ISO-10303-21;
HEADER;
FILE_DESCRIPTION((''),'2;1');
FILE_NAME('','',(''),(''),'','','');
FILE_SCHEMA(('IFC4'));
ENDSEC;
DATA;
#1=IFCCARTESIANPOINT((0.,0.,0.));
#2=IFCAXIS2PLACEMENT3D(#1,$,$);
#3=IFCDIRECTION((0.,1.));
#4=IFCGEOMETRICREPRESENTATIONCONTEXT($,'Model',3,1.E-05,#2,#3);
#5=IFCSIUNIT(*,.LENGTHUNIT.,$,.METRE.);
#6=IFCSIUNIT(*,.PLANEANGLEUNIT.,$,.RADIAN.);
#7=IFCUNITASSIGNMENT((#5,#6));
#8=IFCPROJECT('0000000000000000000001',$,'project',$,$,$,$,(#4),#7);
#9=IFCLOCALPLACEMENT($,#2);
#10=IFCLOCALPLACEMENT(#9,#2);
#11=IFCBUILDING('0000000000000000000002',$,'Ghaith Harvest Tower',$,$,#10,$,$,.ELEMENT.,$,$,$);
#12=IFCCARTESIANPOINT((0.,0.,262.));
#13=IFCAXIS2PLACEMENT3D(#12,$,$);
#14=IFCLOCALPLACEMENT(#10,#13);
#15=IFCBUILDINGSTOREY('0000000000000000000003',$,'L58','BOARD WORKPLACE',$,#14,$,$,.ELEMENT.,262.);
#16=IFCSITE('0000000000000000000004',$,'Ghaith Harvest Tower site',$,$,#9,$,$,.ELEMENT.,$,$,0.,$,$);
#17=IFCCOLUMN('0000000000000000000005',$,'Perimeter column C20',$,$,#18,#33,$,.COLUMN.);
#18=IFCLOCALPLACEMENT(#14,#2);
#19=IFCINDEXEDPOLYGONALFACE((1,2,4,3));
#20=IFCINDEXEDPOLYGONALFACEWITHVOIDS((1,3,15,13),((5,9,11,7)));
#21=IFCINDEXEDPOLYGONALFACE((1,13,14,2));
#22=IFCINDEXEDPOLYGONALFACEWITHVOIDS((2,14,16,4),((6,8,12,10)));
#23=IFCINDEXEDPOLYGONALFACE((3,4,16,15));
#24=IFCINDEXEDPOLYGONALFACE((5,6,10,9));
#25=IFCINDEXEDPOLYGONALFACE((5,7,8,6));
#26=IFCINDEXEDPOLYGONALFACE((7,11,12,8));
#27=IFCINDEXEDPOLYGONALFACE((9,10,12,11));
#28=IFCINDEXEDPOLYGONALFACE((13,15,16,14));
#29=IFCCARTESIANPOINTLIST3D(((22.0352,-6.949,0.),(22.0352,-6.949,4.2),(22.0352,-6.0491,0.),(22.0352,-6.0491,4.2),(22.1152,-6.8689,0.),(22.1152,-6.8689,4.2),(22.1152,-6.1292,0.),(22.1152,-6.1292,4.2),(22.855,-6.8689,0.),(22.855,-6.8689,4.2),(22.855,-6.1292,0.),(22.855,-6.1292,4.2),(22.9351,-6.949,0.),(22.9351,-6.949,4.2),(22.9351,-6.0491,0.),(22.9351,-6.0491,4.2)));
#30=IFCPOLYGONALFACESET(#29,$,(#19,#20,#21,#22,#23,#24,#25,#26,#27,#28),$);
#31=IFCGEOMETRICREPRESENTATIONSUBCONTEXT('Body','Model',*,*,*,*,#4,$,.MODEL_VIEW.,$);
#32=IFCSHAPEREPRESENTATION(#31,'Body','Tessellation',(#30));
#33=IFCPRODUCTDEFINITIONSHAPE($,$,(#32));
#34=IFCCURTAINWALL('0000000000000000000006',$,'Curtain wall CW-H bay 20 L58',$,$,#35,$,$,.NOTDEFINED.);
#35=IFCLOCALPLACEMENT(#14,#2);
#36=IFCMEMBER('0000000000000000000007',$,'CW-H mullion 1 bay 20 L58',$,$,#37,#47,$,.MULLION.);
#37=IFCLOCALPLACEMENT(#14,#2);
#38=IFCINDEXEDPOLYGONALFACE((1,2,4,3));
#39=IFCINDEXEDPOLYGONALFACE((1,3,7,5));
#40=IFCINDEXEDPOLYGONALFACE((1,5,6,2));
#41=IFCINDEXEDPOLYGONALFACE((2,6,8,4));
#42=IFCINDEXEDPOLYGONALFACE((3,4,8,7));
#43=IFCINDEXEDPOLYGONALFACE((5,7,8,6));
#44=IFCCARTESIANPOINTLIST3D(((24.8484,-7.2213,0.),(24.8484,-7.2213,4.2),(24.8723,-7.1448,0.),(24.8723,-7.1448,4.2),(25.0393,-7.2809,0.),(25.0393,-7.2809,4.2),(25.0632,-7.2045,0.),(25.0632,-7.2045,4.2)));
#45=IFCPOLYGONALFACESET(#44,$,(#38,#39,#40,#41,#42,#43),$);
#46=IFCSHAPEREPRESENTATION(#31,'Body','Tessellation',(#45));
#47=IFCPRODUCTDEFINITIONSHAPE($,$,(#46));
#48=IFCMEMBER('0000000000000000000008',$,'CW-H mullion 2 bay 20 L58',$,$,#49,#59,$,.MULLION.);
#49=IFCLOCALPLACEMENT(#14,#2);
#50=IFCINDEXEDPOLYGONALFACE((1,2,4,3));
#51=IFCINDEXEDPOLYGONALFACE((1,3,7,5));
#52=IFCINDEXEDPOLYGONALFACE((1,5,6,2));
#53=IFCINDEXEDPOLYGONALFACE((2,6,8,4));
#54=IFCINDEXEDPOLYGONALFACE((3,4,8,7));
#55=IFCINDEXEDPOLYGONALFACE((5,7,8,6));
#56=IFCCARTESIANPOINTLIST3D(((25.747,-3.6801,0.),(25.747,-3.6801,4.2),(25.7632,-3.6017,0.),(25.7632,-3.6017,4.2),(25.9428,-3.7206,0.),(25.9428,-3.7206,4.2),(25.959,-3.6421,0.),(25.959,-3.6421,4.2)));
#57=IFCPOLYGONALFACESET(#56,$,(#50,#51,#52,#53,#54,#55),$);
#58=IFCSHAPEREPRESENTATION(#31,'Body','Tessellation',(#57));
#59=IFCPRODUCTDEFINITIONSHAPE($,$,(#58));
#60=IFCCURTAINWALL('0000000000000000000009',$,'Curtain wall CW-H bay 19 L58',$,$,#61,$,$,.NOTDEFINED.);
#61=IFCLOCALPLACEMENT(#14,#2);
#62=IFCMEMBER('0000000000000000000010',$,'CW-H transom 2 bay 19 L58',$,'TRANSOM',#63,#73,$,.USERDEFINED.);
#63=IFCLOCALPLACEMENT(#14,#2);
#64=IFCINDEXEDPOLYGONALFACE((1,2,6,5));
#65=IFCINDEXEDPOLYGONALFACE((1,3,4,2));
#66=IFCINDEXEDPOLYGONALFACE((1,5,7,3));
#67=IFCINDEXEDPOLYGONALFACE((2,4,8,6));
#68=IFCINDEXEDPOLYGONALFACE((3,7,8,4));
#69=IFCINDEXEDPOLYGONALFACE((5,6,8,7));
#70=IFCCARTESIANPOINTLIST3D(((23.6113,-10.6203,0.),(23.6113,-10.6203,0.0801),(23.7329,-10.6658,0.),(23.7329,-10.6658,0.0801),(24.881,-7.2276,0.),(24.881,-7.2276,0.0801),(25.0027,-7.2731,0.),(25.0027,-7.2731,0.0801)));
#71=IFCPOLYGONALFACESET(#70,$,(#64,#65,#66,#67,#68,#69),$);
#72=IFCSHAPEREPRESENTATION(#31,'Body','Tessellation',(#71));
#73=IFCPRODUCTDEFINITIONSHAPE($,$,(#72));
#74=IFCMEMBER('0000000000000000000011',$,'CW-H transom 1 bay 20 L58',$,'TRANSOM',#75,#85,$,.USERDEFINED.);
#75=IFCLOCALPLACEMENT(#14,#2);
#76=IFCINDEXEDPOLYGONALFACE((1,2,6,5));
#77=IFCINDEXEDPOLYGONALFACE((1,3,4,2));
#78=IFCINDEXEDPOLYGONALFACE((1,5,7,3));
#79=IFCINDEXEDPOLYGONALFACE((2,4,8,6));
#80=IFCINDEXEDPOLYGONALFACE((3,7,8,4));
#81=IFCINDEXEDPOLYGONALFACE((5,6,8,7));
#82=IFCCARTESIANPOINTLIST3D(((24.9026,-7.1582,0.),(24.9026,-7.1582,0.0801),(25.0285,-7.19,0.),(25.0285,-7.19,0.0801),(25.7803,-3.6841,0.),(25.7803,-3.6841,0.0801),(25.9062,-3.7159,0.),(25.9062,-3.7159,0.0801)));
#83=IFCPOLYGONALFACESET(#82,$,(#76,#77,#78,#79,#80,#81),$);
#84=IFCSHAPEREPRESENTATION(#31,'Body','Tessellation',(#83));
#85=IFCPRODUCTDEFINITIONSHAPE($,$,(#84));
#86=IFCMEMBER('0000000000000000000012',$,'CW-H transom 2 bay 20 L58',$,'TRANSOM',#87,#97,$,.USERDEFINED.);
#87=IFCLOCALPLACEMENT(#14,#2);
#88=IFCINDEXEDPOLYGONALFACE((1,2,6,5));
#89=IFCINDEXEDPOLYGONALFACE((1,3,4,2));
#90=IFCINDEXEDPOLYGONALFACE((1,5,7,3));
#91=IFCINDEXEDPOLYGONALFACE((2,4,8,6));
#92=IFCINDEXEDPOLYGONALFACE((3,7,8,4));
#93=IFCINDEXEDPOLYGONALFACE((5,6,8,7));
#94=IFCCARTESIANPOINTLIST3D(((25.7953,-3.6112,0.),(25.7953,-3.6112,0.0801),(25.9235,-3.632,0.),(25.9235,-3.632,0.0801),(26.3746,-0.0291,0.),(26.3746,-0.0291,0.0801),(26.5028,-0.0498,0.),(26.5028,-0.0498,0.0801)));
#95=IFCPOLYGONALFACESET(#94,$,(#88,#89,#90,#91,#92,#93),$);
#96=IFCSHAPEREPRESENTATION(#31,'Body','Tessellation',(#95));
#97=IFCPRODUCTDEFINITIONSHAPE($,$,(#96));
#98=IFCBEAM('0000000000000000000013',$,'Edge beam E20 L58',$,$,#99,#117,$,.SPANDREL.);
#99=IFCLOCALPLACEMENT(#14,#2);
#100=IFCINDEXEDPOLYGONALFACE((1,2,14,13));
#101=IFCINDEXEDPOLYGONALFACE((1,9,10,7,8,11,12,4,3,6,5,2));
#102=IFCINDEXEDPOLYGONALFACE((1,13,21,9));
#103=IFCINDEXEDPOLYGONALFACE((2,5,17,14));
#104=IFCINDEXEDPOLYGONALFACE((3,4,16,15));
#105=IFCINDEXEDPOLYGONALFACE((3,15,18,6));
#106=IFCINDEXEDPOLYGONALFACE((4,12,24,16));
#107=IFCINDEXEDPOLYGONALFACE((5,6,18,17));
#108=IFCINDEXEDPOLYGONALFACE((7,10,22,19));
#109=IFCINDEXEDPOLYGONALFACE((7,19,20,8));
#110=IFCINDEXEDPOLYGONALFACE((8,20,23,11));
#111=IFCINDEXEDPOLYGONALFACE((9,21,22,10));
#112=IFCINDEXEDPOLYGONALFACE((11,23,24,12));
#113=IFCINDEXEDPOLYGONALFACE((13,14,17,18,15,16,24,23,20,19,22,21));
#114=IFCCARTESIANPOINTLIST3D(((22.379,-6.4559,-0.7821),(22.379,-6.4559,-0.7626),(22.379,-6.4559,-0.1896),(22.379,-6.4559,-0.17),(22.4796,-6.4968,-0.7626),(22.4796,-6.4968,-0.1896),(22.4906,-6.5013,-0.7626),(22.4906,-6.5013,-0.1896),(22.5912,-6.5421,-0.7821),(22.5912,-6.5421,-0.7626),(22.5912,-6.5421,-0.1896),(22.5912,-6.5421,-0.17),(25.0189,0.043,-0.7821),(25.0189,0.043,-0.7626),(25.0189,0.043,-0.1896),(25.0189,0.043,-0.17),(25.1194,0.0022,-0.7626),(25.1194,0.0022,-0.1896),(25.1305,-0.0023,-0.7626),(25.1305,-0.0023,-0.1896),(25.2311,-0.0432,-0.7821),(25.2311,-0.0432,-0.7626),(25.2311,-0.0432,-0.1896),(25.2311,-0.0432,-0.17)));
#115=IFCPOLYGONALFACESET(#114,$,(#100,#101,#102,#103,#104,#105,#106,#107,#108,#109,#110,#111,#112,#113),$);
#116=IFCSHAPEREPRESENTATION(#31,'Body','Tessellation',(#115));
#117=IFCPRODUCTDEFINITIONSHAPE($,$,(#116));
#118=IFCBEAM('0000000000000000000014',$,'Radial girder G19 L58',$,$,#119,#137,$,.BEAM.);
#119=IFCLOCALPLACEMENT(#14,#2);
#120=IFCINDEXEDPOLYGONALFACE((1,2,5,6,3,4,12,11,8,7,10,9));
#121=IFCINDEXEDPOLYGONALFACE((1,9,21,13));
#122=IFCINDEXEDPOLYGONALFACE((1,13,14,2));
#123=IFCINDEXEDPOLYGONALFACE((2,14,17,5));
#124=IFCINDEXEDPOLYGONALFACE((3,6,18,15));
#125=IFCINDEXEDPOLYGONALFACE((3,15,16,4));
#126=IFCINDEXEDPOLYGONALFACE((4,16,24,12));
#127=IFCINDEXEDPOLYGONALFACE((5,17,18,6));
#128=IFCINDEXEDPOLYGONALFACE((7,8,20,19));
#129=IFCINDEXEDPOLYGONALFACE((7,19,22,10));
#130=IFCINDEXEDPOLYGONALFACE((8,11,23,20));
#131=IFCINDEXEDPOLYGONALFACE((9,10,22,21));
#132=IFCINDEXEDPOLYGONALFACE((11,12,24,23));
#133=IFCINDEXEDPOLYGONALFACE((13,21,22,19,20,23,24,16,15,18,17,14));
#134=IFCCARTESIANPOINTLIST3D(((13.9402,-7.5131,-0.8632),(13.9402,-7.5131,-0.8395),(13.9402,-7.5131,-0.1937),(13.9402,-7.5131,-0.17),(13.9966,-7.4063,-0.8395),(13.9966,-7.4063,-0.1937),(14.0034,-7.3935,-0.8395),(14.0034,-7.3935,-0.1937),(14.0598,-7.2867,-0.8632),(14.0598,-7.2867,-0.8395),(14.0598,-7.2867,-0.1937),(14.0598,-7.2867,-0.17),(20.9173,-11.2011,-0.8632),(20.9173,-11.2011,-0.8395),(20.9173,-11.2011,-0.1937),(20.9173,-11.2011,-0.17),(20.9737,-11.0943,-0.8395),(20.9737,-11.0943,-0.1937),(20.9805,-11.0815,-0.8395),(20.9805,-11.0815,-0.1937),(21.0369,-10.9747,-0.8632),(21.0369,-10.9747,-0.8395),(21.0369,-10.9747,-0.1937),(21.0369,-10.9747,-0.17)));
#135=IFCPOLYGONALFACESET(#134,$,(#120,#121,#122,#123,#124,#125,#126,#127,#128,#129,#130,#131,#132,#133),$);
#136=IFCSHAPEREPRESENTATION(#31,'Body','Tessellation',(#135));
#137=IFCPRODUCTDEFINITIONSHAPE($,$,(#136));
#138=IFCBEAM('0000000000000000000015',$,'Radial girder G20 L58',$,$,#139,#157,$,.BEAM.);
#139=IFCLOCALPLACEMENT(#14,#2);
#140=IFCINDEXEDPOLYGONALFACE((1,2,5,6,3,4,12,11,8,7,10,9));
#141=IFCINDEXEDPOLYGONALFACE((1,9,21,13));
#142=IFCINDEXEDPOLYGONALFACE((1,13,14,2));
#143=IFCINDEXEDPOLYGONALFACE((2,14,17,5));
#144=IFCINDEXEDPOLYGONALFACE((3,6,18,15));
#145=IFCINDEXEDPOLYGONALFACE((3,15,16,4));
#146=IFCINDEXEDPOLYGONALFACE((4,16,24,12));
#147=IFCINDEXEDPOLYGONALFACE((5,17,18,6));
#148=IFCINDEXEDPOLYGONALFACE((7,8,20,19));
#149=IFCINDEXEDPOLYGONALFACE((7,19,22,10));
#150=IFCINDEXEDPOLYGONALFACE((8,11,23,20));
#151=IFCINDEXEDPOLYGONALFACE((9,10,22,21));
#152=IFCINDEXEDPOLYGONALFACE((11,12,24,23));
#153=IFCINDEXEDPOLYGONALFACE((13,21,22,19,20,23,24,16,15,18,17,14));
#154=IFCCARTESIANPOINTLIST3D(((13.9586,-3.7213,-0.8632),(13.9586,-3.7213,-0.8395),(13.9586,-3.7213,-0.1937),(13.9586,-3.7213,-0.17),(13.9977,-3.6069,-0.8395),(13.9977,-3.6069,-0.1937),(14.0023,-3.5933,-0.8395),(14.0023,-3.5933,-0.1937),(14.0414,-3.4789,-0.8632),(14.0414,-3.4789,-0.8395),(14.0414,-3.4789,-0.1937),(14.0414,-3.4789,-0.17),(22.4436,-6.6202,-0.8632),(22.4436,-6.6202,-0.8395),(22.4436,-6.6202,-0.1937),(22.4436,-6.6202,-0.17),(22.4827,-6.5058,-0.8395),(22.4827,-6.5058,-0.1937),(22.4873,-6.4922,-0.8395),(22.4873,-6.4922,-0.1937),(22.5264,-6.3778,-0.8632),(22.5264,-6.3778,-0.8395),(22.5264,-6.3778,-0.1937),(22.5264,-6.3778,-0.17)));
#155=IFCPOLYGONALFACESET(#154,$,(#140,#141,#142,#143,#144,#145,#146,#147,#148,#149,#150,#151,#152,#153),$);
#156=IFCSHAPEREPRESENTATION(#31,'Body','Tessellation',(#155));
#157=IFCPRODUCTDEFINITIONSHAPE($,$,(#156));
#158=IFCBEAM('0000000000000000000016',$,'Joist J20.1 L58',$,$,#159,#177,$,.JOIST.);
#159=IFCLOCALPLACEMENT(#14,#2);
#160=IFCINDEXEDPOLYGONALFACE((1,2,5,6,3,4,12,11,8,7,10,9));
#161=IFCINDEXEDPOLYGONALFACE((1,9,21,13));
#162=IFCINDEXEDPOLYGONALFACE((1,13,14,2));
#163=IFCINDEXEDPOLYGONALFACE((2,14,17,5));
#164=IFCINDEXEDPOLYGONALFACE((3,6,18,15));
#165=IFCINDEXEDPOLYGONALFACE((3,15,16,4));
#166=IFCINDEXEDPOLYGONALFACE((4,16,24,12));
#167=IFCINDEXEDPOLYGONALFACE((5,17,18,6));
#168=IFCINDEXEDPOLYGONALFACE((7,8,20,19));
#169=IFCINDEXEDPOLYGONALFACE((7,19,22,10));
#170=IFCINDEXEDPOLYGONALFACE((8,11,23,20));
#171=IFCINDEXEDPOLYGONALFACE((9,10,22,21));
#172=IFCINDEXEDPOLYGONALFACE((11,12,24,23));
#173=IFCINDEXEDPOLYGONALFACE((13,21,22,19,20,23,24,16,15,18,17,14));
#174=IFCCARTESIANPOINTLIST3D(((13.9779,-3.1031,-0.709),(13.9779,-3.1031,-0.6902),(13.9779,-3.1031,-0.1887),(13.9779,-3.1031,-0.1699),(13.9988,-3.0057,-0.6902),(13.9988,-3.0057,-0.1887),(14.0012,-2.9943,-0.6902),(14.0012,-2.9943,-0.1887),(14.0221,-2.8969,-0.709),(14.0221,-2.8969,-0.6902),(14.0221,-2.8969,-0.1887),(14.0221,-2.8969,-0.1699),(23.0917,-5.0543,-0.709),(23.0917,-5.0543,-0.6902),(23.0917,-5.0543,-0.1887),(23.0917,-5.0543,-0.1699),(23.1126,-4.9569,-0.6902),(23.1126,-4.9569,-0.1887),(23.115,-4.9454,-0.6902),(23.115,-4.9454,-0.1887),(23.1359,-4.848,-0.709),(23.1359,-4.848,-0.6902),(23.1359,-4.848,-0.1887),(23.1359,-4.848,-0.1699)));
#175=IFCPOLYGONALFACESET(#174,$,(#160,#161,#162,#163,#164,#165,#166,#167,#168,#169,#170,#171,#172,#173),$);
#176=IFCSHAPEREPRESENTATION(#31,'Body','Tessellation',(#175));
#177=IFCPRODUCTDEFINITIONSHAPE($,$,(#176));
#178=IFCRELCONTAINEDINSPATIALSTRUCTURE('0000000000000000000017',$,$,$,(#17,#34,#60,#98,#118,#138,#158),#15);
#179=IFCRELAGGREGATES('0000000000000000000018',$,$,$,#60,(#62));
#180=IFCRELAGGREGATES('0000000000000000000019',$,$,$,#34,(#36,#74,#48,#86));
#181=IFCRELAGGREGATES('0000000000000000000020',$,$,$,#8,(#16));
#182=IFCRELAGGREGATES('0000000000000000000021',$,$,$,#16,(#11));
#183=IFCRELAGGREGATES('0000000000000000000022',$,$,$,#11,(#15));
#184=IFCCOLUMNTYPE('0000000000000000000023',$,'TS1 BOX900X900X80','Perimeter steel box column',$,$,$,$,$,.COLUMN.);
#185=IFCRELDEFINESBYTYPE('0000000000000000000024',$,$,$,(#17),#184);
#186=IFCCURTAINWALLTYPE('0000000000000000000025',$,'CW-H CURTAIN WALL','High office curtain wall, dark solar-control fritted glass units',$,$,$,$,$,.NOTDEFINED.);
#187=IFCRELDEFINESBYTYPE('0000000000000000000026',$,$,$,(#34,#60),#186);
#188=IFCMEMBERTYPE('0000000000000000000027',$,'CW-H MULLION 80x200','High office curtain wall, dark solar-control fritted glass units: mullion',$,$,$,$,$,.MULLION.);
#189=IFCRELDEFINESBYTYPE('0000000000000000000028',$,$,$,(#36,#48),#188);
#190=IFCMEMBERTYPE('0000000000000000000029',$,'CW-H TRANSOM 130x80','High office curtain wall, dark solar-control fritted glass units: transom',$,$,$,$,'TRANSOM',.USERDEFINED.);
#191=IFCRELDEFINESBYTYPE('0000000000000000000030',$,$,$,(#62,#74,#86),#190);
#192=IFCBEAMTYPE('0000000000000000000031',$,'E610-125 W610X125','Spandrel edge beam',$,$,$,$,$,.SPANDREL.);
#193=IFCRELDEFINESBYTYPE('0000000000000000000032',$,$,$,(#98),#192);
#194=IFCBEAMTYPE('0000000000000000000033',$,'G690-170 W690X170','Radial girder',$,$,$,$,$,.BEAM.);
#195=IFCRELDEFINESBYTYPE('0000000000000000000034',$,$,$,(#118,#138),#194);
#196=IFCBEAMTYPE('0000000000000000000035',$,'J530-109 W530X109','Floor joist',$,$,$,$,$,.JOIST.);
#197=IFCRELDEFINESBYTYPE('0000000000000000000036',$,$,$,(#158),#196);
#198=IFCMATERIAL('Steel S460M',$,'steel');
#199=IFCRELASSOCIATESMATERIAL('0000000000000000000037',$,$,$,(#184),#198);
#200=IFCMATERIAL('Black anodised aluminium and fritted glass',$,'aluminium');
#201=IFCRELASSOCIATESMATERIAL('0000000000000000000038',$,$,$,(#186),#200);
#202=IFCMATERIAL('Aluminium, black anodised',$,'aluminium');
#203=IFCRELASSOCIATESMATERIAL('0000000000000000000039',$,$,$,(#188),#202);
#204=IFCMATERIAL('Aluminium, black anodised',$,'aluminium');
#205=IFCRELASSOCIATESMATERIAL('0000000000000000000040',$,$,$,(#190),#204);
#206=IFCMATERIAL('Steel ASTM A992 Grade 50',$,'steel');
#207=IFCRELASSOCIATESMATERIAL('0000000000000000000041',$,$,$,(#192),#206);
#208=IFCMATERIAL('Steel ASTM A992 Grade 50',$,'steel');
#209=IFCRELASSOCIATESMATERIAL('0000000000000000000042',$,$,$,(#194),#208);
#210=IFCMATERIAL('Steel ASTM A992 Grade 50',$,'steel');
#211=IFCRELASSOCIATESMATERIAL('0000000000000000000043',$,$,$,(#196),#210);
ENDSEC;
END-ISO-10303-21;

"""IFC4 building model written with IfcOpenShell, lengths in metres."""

from ifc_helpers import new_model, si_unit, direction, frame, origin, origin_2d, place, context, subcontext, project, spatial, rectangle, hollow_rectangle, i_section, extrude, material, material_profile, profile_set, type_object, element, aggregate, save


model = new_model("IFC4")

# Units and contexts
model_context = context("Model", 3, precision=1e-05, world=origin(), true_north=direction((0.0, 1.0)))
body_context = subcontext(model_context, "Body", "Model", "MODEL_VIEW")
ifc_project = project(units=[si_unit("LENGTHUNIT", "METRE"), si_unit("PLANEANGLEUNIT", "RADIAN")], contexts=[model_context])

# Site, building, storey
site_placement = place(None, origin())
site = spatial("IfcSite", under=ifc_project, at=site_placement, Name="Ghaith Harvest Tower site", CompositionType="ELEMENT", RefElevation=0.0)
building_placement = place(site_placement, origin())
building = spatial("IfcBuilding", under=site, at=building_placement, Name="Ghaith Harvest Tower", CompositionType="ELEMENT")
storey_placement = place(building_placement, frame((0.0, 0.0, 262.0)))
storey = spatial("IfcBuildingStorey", under=building, at=storey_placement, Name="L58", Description="BOARD WORKPLACE", CompositionType="ELEMENT", Elevation=262.0)

# Column
ifc_material_1 = material(Name="Steel S460M", Category="steel")
ifc_material_profile_1 = material_profile(ifc_material_1, hollow_rectangle(XDim=0.8999, YDim=0.8999, WallThickness=0.0801, at=origin_2d()), Name="BOX900X900X80")
ifc_profile_set_1 = profile_set([ifc_material_profile_1], Name="Steel S460M")
column_type = type_object("IfcColumnType", Name="TS1 BOX900X900X80", Description="Perimeter steel box column", PredefinedType="COLUMN", material=ifc_profile_set_1)
column_placement = place(storey_placement, frame((22.4851, -6.499, 0.0), z_axis=(0.0, 0.0, 1.0), x_axis=(1.0, 0.0, 0.0)))
element("IfcColumn", 1, at=column_placement, inside=storey, type_object=column_type, Name="Perimeter column C20", PredefinedType="COLUMN", context=body_context, shape_type="SweptSolid", body=[
    extrude(hollow_rectangle(XDim=0.8999, YDim=0.8999, WallThickness=0.0801, at=origin_2d()), origin(), (0.0, 0.0, 1.0), 4.2),
])

# Curtain wall, members
ifc_material_2 = material(Name="Black anodised aluminium and fritted glass", Category="aluminium")
curtain_wall_type = type_object("IfcCurtainWallType", Name="CW-H CURTAIN WALL", Description="High office curtain wall, dark solar-control fritted glass units", PredefinedType="NOTDEFINED", material=ifc_material_2)
curtain_wall_1_placement = place(storey_placement, origin())
curtain_wall_1 = element("IfcCurtainWall", 2, at=curtain_wall_1_placement, inside=storey, type_object=curtain_wall_type, Name="Curtain wall CW-H bay 20 L58", PredefinedType="NOTDEFINED")
ifc_material_3 = material(Name="Aluminium, black anodised", Category="aluminium")
ifc_material_profile_2 = material_profile(ifc_material_3, rectangle(XDim=0.0801, YDim=0.2, at=origin_2d()), Name="CW-H MULLION 80x200")
ifc_profile_set_2 = profile_set([ifc_material_profile_2], Name="Aluminium, black anodised")
member_type_1 = type_object("IfcMemberType", Name="CW-H MULLION 80x200", Description="High office curtain wall, dark solar-control fritted glass units: mullion", PredefinedType="MULLION", material=ifc_profile_set_2)
member_1_placement = place(storey_placement, frame((24.9558, -7.2129, 0.0), z_axis=(0.0, 0.0, 1.0), x_axis=(0.298442, 0.954428, 0.0)))
member_1 = element("IfcMember", 3, at=member_1_placement, type_object=member_type_1, Name="CW-H mullion 1 bay 20 L58", PredefinedType="MULLION", context=body_context, shape_type="SweptSolid", body=[
    extrude(rectangle(XDim=0.0801, YDim=0.2, at=origin_2d()), origin(), (0.0, 0.0, 1.0), 4.2),
])
member_2_placement = place(storey_placement, frame((25.853, -3.6611, 0.0), z_axis=(0.0, 0.0, 1.0), x_axis=(0.202192, 0.979346, 0.0)))
member_2 = element("IfcMember", 4, at=member_2_placement, type_object=member_type_1, Name="CW-H mullion 2 bay 20 L58", PredefinedType="MULLION", context=body_context, shape_type="SweptSolid", body=[
    extrude(rectangle(XDim=0.0801, YDim=0.2, at=origin_2d()), origin(), (0.0, 0.0, 1.0), 4.2),
])

# Curtain wall, member
curtain_wall_2_placement = place(storey_placement, origin())
curtain_wall_2 = element("IfcCurtainWall", 5, at=curtain_wall_2_placement, inside=storey, type_object=curtain_wall_type, Name="Curtain wall CW-H bay 19 L58", PredefinedType="NOTDEFINED")
ifc_material_4 = material(Name="Aluminium, black anodised", Category="aluminium")
ifc_material_profile_3 = material_profile(ifc_material_4, rectangle(XDim=0.1299, YDim=0.0801, at=origin_2d()), Name="CW-H TRANSOM 130x80")
ifc_profile_set_3 = profile_set([ifc_material_profile_3], Name="Aluminium, black anodised")
member_type_2 = type_object("IfcMemberType", Name="CW-H TRANSOM 130x80", Description="High office curtain wall, dark solar-control fritted glass units: transom", ElementType="TRANSOM", PredefinedType="USERDEFINED", material=ifc_profile_set_3)
member_3_placement = place(storey_placement, frame((23.6721, -10.6431, 0.04), z_axis=(0.35051, 0.936559, 0.0), x_axis=(-0.936559, 0.35051, 0.0)))
member_3 = element("IfcMember", 6, at=member_3_placement, type_object=member_type_2, Name="CW-H transom 2 bay 19 L58", ObjectType="TRANSOM", PredefinedType="USERDEFINED", context=body_context, shape_type="SweptSolid", body=[
    extrude(rectangle(XDim=0.1299, YDim=0.0801, at=origin_2d()), origin(), (0.0, 0.0, 1.0), 3.6226),
])

# Members
member_4_placement = place(storey_placement, frame((24.9656, -7.1741, 0.04), z_axis=(0.24494, 0.969538, 0.0), x_axis=(-0.969538, 0.24494, 0.0)))
member_4 = element("IfcMember", 7, at=member_4_placement, type_object=member_type_2, Name="CW-H transom 1 bay 20 L58", ObjectType="TRANSOM", PredefinedType="USERDEFINED", context=body_context, shape_type="SweptSolid", body=[
    extrude(rectangle(XDim=0.1299, YDim=0.0801, at=origin_2d()), origin(), (0.0, 0.0, 1.0), 3.5833),
])
member_5_placement = place(storey_placement, frame((25.8594, -3.6216, 0.04), z_axis=(0.159662, 0.987172, 0.0), x_axis=(-0.987172, 0.159662, 0.0)))
member_5 = element("IfcMember", 8, at=member_5_placement, type_object=member_type_2, Name="CW-H transom 2 bay 20 L58", ObjectType="TRANSOM", PredefinedType="USERDEFINED", context=body_context, shape_type="SweptSolid", body=[
    extrude(rectangle(XDim=0.1299, YDim=0.0801, at=origin_2d()), origin(), (0.0, 0.0, 1.0), 3.6287),
])

# Beams
ifc_material_5 = material(Name="Steel ASTM A992 Grade 50", Category="steel")
ifc_material_profile_4 = material_profile(ifc_material_5, i_section(OverallWidth=0.229, OverallDepth=0.6121, WebThickness=0.012, FlangeThickness=0.0195, at=origin_2d()), Name="W610X125")
ifc_profile_set_4 = profile_set([ifc_material_profile_4], Name="Steel ASTM A992 Grade 50")
beam_type_1 = type_object("IfcBeamType", Name="E610-125 W610X125", Description="Spandrel edge beam", PredefinedType="SPANDREL", material=ifc_profile_set_4)
beam_1_placement = place(storey_placement, frame((22.4851, -6.499, -0.4761), z_axis=(0.376336, 0.926483, 0.0), x_axis=(-0.926483, 0.376336, 0.0)))
element("IfcBeam", 9, at=beam_1_placement, inside=storey, type_object=beam_type_1, Name="Edge beam E20 L58", PredefinedType="SPANDREL", context=body_context, shape_type="SweptSolid", body=[
    extrude(i_section(OverallWidth=0.229, OverallDepth=0.6121, WebThickness=0.012, FlangeThickness=0.0195, at=origin_2d()), origin(), (0.0, 0.0, 1.0), 7.0146),
])
ifc_material_6 = material(Name="Steel ASTM A992 Grade 50", Category="steel")
ifc_material_profile_5 = material_profile(ifc_material_6, i_section(OverallWidth=0.2561, OverallDepth=0.6931, WebThickness=0.0144, FlangeThickness=0.0237, at=origin_2d()), Name="W690X170")
ifc_profile_set_5 = profile_set([ifc_material_profile_5], Name="Steel ASTM A992 Grade 50")
beam_type_2 = type_object("IfcBeamType", Name="G690-170 W690X170", Description="Radial girder", PredefinedType="BEAM", material=ifc_profile_set_5)
beam_2_placement = place(storey_placement, frame((14.0, -7.3999, -0.5166), z_axis=(0.884089, -0.467319, 0.0), x_axis=(0.467319, 0.884089, 0.0)))
element("IfcBeam", 10, at=beam_2_placement, inside=storey, type_object=beam_type_2, Name="Radial girder G19 L58", PredefinedType="BEAM", context=body_context, shape_type="SweptSolid", body=[
    extrude(i_section(OverallWidth=0.2561, OverallDepth=0.6931, WebThickness=0.0144, FlangeThickness=0.0237, at=origin_2d()), origin(), (0.0, 0.0, 1.0), 7.8918),
])
beam_3_placement = place(storey_placement, frame((14.0, -3.6001, -0.5166), z_axis=(0.946296, -0.323301, 0.0), x_axis=(0.323301, 0.946296, 0.0)))
element("IfcBeam", 11, at=beam_3_placement, inside=storey, type_object=beam_type_2, Name="Radial girder G20 L58", PredefinedType="BEAM", context=body_context, shape_type="SweptSolid", body=[
    extrude(i_section(OverallWidth=0.2561, OverallDepth=0.6931, WebThickness=0.0144, FlangeThickness=0.0237, at=origin_2d()), origin(), (0.0, 0.0, 1.0), 8.9666),
])
ifc_material_7 = material(Name="Steel ASTM A992 Grade 50", Category="steel")
ifc_material_profile_6 = material_profile(ifc_material_7, i_section(OverallWidth=0.2109, OverallDepth=0.5391, WebThickness=0.0117, FlangeThickness=0.0188, at=origin_2d()), Name="W530X109")
ifc_profile_set_6 = profile_set([ifc_material_profile_6], Name="Steel ASTM A992 Grade 50")
beam_type_3 = type_object("IfcBeamType", Name="J530-109 W530X109", Description="Floor joist", PredefinedType="JOIST", material=ifc_profile_set_6)
beam_4_placement = place(storey_placement, frame((14.0, -3.0, -0.4395), z_axis=(0.977841, -0.209347, 0.0), x_axis=(0.209347, 0.977841, 0.0)))
element("IfcBeam", 12, at=beam_4_placement, inside=storey, type_object=beam_type_3, Name="Joist J20.1 L58", PredefinedType="JOIST", context=body_context, shape_type="SweptSolid", body=[
    extrude(i_section(OverallWidth=0.2109, OverallDepth=0.5391, WebThickness=0.0117, FlangeThickness=0.0188, at=origin_2d()), origin(), (0.0, 0.0, 1.0), 9.3203),
])

aggregate(curtain_wall_2, [member_3])
aggregate(curtain_wall_1, [member_1, member_4, member_2, member_5])

save(model, "model.ifc")
